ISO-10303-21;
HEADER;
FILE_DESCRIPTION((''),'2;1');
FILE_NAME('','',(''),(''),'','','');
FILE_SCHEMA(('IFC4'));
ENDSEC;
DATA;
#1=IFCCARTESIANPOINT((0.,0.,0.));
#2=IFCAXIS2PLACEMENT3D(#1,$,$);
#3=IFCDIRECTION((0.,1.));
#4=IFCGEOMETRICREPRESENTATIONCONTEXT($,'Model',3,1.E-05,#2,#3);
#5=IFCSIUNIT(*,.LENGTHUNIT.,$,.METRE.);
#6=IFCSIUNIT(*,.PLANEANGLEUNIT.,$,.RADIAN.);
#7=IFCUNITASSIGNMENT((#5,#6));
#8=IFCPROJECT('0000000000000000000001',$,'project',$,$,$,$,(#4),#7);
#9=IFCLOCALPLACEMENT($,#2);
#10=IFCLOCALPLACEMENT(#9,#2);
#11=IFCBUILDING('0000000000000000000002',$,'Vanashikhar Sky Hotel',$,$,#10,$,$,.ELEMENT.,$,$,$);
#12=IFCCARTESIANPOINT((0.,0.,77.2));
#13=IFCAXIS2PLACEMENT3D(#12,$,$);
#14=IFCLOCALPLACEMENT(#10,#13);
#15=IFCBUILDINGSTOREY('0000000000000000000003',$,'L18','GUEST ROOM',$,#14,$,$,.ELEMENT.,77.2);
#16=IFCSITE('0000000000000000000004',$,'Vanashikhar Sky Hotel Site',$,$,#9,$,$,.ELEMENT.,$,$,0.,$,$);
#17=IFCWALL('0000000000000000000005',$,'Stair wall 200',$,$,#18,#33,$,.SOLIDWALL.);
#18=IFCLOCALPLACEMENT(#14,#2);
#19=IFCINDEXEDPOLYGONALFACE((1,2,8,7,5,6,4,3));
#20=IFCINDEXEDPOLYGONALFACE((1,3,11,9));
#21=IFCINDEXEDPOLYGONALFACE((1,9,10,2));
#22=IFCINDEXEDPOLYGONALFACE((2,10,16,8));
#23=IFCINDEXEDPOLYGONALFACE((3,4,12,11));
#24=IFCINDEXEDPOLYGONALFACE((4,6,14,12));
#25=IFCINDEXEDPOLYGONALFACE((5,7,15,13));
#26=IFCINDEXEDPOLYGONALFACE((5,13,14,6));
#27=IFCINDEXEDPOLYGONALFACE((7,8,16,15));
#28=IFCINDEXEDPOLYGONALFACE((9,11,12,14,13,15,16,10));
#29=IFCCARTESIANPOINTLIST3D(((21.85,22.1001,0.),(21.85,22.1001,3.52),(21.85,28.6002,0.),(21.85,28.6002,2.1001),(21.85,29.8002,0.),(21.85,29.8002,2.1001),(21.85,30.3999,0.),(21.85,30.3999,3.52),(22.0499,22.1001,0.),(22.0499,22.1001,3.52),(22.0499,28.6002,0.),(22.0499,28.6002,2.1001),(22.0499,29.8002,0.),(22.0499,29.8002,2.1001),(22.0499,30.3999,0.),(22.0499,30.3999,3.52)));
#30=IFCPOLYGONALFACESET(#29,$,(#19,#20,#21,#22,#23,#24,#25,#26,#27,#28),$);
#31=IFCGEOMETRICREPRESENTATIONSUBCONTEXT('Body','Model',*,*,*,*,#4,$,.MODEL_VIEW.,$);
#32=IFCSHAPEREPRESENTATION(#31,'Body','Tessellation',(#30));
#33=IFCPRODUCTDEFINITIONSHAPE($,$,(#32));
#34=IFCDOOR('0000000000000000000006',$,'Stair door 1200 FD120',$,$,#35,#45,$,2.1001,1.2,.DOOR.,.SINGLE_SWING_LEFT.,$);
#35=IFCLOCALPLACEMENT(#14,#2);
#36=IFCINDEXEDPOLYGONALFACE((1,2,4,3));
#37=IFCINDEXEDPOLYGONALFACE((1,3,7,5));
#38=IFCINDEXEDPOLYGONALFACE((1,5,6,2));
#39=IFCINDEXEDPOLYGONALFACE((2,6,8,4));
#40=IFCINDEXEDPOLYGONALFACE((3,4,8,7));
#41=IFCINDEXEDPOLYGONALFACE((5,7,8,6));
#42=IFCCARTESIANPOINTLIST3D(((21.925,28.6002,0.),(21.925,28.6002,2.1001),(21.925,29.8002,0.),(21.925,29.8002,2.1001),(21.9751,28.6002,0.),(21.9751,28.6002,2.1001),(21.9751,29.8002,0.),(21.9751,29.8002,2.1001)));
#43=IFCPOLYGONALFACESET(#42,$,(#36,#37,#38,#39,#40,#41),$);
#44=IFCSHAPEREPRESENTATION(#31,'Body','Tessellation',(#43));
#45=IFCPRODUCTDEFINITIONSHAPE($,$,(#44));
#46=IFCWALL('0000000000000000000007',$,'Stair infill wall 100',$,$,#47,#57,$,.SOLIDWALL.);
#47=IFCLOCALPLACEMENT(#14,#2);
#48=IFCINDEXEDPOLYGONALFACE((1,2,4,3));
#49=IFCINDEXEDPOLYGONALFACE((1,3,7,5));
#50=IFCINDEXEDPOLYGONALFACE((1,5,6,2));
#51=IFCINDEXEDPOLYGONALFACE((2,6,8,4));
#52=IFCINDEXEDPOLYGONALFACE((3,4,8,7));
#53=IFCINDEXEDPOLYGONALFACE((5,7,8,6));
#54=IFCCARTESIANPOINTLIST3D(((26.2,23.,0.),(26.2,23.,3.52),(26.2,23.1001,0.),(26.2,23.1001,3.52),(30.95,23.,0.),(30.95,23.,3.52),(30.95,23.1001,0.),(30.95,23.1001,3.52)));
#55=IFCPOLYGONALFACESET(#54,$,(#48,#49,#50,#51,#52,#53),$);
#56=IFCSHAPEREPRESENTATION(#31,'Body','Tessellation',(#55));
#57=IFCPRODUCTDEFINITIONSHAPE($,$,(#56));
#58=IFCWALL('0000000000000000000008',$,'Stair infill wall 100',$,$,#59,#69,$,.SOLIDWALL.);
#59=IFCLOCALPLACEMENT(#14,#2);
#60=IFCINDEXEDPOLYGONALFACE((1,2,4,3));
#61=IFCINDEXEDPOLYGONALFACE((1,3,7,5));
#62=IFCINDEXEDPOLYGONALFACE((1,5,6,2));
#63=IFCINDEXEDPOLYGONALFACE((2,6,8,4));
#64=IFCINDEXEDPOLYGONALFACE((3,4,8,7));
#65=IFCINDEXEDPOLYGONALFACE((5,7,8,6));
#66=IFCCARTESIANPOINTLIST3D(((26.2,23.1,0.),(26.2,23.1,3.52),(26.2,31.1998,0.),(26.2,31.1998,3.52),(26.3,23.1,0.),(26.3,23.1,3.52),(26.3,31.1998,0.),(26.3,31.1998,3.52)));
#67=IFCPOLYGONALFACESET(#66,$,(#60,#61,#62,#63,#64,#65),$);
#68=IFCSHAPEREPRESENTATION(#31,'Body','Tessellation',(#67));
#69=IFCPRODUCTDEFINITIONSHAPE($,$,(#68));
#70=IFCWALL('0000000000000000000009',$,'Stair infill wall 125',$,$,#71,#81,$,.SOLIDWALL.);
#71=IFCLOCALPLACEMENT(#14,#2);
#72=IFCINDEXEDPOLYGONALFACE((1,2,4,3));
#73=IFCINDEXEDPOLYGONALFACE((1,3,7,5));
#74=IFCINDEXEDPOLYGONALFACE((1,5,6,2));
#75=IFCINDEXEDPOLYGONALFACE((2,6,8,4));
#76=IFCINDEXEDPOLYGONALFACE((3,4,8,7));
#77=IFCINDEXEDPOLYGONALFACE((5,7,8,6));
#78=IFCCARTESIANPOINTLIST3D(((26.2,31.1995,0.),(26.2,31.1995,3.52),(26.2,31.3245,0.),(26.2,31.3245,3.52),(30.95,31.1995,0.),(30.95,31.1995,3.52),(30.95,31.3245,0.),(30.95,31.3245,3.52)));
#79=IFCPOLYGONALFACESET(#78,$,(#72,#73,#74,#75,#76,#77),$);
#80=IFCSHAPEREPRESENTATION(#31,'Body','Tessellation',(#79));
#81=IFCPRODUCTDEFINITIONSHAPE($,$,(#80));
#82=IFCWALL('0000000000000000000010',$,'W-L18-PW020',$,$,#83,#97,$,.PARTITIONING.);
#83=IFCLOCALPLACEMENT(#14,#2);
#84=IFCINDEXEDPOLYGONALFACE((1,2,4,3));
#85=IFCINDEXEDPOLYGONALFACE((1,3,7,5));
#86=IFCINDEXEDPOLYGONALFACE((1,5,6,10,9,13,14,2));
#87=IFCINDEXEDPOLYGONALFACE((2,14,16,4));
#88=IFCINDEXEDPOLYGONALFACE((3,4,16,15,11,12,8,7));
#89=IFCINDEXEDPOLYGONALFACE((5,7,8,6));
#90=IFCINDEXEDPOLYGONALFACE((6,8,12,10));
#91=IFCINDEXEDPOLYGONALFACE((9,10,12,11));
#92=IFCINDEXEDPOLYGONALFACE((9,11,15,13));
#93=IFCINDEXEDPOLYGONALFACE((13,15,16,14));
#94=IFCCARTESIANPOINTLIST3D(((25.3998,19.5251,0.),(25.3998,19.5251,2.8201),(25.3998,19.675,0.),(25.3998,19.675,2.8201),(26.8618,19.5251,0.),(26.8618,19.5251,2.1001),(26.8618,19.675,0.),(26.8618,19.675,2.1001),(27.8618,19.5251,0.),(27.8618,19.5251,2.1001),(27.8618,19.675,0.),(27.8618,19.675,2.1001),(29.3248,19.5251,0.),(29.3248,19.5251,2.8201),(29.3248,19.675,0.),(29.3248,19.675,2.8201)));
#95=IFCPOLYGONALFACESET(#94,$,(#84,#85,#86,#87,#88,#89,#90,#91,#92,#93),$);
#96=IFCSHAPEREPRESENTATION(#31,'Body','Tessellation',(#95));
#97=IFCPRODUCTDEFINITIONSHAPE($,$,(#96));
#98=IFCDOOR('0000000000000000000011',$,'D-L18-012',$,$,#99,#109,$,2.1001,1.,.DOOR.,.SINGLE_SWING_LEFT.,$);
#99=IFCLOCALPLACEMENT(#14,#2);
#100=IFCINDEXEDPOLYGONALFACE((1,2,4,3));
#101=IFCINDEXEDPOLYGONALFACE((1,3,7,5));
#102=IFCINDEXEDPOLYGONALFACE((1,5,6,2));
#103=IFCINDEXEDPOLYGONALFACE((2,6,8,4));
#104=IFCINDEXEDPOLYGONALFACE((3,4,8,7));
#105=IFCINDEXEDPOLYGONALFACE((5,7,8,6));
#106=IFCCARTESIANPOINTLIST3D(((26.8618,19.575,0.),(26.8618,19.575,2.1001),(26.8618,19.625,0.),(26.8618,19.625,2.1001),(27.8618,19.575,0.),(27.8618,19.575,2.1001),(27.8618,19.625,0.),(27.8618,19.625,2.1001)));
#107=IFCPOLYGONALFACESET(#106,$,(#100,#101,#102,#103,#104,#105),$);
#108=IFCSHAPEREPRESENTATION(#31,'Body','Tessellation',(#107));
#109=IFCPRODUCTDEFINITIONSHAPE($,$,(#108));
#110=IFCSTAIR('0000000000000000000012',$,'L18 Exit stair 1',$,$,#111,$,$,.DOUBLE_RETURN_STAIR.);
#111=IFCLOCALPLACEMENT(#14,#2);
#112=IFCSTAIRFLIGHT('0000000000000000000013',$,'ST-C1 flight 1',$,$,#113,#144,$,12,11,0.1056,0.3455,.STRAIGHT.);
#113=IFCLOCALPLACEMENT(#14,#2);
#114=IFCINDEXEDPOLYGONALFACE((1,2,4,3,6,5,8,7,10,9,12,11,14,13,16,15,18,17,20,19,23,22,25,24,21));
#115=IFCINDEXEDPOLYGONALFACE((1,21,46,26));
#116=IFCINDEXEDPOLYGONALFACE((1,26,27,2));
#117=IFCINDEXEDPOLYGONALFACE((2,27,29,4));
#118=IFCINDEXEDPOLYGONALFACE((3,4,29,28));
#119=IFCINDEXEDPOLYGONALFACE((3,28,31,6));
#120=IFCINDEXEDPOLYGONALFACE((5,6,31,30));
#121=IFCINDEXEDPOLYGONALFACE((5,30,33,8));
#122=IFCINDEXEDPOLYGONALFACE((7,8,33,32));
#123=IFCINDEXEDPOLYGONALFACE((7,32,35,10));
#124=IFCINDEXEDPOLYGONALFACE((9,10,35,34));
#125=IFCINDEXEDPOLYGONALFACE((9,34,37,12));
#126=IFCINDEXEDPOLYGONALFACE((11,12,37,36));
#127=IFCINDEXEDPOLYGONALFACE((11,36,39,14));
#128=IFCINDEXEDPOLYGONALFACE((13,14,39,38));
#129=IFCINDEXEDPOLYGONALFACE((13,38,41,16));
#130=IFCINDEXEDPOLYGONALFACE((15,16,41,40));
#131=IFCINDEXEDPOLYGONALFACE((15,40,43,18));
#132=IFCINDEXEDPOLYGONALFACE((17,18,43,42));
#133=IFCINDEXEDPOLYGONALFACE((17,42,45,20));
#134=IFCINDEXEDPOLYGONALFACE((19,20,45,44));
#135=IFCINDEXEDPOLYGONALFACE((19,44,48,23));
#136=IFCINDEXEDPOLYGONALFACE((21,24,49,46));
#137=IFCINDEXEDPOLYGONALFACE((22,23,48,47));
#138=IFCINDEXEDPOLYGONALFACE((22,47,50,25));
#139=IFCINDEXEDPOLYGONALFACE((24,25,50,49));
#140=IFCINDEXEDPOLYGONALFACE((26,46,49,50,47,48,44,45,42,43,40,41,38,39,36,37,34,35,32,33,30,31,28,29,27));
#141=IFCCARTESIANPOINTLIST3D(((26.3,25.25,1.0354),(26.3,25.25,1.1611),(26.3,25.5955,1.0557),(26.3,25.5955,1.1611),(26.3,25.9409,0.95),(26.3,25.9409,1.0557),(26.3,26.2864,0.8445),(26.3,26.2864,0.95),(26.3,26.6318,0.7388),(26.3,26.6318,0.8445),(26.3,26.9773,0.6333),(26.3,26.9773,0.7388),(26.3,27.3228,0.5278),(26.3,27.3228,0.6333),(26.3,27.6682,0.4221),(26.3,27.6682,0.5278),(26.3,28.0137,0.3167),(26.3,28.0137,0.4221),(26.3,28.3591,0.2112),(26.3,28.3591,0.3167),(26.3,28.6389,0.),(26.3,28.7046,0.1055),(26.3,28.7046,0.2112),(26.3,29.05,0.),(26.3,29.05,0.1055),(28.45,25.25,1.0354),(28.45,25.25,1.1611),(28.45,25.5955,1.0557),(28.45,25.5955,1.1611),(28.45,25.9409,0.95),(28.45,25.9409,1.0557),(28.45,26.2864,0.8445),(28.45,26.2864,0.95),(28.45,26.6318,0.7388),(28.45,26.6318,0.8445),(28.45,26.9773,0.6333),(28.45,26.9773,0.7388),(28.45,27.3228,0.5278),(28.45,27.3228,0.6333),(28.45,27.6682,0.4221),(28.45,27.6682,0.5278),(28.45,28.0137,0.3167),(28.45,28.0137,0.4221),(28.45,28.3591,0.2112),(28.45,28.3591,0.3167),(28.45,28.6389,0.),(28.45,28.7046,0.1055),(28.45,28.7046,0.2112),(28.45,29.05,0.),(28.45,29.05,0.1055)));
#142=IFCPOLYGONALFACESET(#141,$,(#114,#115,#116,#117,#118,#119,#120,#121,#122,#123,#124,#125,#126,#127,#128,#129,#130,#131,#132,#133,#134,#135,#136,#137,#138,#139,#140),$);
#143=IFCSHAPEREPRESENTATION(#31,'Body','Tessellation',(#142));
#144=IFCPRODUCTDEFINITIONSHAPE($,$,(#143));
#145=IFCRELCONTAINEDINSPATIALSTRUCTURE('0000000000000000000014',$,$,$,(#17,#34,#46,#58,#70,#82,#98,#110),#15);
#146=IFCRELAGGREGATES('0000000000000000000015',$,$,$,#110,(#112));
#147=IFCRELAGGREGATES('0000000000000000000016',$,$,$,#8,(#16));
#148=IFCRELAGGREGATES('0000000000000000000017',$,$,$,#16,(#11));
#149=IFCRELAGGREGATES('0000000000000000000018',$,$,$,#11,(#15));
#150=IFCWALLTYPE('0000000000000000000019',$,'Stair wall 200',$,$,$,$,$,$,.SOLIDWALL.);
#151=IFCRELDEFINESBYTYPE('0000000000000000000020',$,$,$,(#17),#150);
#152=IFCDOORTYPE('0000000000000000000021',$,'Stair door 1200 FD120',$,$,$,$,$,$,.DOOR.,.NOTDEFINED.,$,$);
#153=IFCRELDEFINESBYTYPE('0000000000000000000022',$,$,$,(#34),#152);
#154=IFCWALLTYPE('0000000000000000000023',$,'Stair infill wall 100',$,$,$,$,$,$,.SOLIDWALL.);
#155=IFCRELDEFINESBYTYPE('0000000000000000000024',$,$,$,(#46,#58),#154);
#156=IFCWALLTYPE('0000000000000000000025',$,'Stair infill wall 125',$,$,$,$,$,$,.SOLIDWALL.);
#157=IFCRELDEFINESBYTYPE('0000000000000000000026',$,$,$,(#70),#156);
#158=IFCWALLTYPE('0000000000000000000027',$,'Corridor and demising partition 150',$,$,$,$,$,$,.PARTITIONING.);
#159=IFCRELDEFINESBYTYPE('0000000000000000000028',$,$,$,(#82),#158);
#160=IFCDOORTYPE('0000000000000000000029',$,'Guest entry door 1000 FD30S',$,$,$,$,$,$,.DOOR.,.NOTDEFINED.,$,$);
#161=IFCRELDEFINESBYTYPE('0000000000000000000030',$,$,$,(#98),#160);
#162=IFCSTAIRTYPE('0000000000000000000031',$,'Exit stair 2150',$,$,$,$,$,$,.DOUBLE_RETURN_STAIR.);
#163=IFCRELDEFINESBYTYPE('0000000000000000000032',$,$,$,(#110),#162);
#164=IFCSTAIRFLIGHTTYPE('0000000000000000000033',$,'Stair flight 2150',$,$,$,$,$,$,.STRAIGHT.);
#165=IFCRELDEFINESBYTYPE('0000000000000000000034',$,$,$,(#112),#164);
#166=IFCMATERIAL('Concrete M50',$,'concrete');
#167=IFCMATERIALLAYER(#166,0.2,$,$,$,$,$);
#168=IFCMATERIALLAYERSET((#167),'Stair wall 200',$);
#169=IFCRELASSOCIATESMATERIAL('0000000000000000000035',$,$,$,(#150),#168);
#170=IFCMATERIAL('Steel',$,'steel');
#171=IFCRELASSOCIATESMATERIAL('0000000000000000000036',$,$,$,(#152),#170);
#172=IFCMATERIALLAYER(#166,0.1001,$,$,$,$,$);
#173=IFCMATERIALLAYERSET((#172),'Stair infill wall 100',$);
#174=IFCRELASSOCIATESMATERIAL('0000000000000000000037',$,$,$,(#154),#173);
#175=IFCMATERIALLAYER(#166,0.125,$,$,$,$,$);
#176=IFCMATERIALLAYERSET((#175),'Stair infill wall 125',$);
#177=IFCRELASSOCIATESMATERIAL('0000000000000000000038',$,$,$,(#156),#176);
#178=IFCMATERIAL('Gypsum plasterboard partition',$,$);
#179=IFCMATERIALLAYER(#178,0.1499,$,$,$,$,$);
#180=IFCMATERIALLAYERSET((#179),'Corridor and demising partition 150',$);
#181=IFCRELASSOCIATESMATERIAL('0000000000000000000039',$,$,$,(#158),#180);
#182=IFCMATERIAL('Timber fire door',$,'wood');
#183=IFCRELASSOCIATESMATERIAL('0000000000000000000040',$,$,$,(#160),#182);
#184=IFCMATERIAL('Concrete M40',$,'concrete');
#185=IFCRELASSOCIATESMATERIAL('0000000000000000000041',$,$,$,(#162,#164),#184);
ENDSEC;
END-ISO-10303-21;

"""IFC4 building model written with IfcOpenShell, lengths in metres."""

from ifc_helpers import new_model, si_unit, direction, frame, frame_2d, origin, place, context, subcontext, project, spatial, polyline, rectangle, outline, extrude, source, transform, mapped, material, layer, layer_set, type_object, element, fill, aggregate, save


model = new_model("IFC4")

# Units and contexts
model_context = context("Model", 3, precision=1e-05, world=origin(), true_north=direction((0.0, 1.0)))
body_context = subcontext(model_context, "Body", "Model", "MODEL_VIEW")
ifc_project = project(units=[si_unit("LENGTHUNIT", "METRE"), si_unit("PLANEANGLEUNIT", "RADIAN")], contexts=[model_context])

# Site, building, storey
site_placement = place(None, origin())
site = spatial("IfcSite", under=ifc_project, at=site_placement, Name="Vanashikhar Sky Hotel Site", CompositionType="ELEMENT", RefElevation=0.0)
building_placement = place(site_placement, origin())
building = spatial("IfcBuilding", under=site, at=building_placement, Name="Vanashikhar Sky Hotel", CompositionType="ELEMENT")
storey_placement = place(building_placement, frame((0.0, 0.0, 77.2)))
storey = spatial("IfcBuildingStorey", under=building, at=storey_placement, Name="L18", Description="GUEST ROOM", CompositionType="ELEMENT", Elevation=77.2)

# Shared definitions
ifc_material_1 = material(Name="Steel", Category="steel")

# Wall, opening, door
ifc_material_2 = material(Name="Concrete M50", Category="concrete")
ifc_layer_1 = layer(ifc_material_2, 0.2)
ifc_layer_set_1 = layer_set([ifc_layer_1], Name="Stair wall 200")
wall_type_1 = type_object("IfcWallType", Name="Stair wall 200", PredefinedType="SOLIDWALL", material=ifc_layer_set_1)
shared_shape_1 = source(origin(), body_context, "Body", "SweptSolid", [
    extrude(rectangle(XDim=8.2998, YDim=0.2, at=frame_2d((4.1499, 0.0))), origin(), (0.0, 0.0, 1.0), 3.52),
])
wall_1_placement = place(storey_placement, frame((21.95, 22.1001, 0.0), z_axis=(0.0, 0.0, 1.0), x_axis=(0.0, 1.0, 0.0)))
wall_1 = element("IfcWall", 1, at=wall_1_placement, inside=storey, type_object=wall_type_1, Name="Stair wall 200", PredefinedType="SOLIDWALL", context=body_context, shape_type="MappedRepresentation", body=[
    mapped(shared_shape_1, transform((0.0, 0.0, 0.0), scale=1.0)),
])
shared_shape_2 = source(origin(), body_context, "Body", "SweptSolid", [
    extrude(rectangle(XDim=1.2, YDim=2.1001, at=frame_2d((0.6001, 1.05))), frame((0.0, 0.1099, 0.0), z_axis=(0.0, -1.0, 0.0), x_axis=(1.0, 0.0, 0.0)), (0.0, 0.0, 1.0), 0.22),
])
opening_1_placement = place(wall_1_placement, frame((6.5, 0.0, 0.0)))
opening_1 = element("IfcOpeningElement", 2, at=opening_1_placement, cuts=wall_1, PredefinedType="OPENING", context=body_context, shape_type="MappedRepresentation", body=[
    mapped(shared_shape_2, transform((0.0, 0.0, 0.0), scale=1.0)),
])
door_type_1 = type_object("IfcDoorType", Name="Stair door 1200 FD120", OperationType="NOTDEFINED", PredefinedType="DOOR", material=ifc_material_1)
shared_shape_3 = source(origin(), body_context, "Body", "SweptSolid", [
    extrude(rectangle(XDim=1.2, YDim=2.1001, at=frame_2d((0.6001, 1.05))), frame((0.0, 0.0249, 0.0), z_axis=(0.0, -1.0, 0.0), x_axis=(1.0, 0.0, 0.0)), (0.0, 0.0, 1.0), 0.05),
])
door_1_placement = place(opening_1_placement, origin())
door_1 = element("IfcDoor", 3, at=door_1_placement, inside=storey, type_object=door_type_1, Name="Stair door 1200 FD120", OperationType="SINGLE_SWING_LEFT", OverallHeight=2.1001, OverallWidth=1.2, PredefinedType="DOOR", context=body_context, shape_type="MappedRepresentation", body=[
    mapped(shared_shape_3, transform((0.0, 0.0, 0.0), scale=1.0)),
])
fill(opening_1, door_1)

# Walls
ifc_layer_2 = layer(ifc_material_2, 0.1001)
ifc_layer_set_2 = layer_set([ifc_layer_2], Name="Stair infill wall 100")
wall_type_2 = type_object("IfcWallType", Name="Stair infill wall 100", PredefinedType="SOLIDWALL", material=ifc_layer_set_2)
shared_shape_4 = source(origin(), body_context, "Body", "SweptSolid", [
    extrude(rectangle(XDim=4.75, YDim=0.1001, at=frame_2d((2.375, 0.0))), origin(), (0.0, 0.0, 1.0), 3.52),
])
wall_2_placement = place(storey_placement, frame((26.2, 23.05, 0.0), z_axis=(0.0, 0.0, 1.0), x_axis=(1.0, 0.0, 0.0)))
element("IfcWall", 4, at=wall_2_placement, inside=storey, type_object=wall_type_2, Name="Stair infill wall 100", PredefinedType="SOLIDWALL", context=body_context, shape_type="MappedRepresentation", body=[
    mapped(shared_shape_4, transform((0.0, 0.0, 0.0), scale=1.0)),
])
shared_shape_5 = source(origin(), body_context, "Body", "SweptSolid", [
    extrude(rectangle(XDim=8.0999, YDim=0.1001, at=frame_2d((4.0498, 0.0))), origin(), (0.0, 0.0, 1.0), 3.52),
])
wall_3_placement = place(storey_placement, frame((26.25, 23.1001, 0.0), z_axis=(0.0, 0.0, 1.0), x_axis=(0.0, 1.0, 0.0)))
element("IfcWall", 5, at=wall_3_placement, inside=storey, type_object=wall_type_2, Name="Stair infill wall 100", PredefinedType="SOLIDWALL", context=body_context, shape_type="MappedRepresentation", body=[
    mapped(shared_shape_5, transform((0.0, 0.0, 0.0), scale=1.0)),
])
ifc_layer_3 = layer(ifc_material_2, 0.125)
ifc_layer_set_3 = layer_set([ifc_layer_3], Name="Stair infill wall 125")
wall_type_3 = type_object("IfcWallType", Name="Stair infill wall 125", PredefinedType="SOLIDWALL", material=ifc_layer_set_3)
shared_shape_6 = source(origin(), body_context, "Body", "SweptSolid", [
    extrude(rectangle(XDim=4.75, YDim=0.125, at=frame_2d((2.375, 0.0))), origin(), (0.0, 0.0, 1.0), 3.52),
])
wall_4_placement = place(storey_placement, frame((26.2, 31.262, 0.0), z_axis=(0.0, 0.0, 1.0), x_axis=(1.0, 0.0, 0.0)))
element("IfcWall", 6, at=wall_4_placement, inside=storey, type_object=wall_type_3, Name="Stair infill wall 125", PredefinedType="SOLIDWALL", context=body_context, shape_type="MappedRepresentation", body=[
    mapped(shared_shape_6, transform((0.0, 0.0, 0.0), scale=1.0)),
])

# Wall, opening, door
ifc_material_3 = material(Name="Gypsum plasterboard partition")
ifc_layer_4 = layer(ifc_material_3, 0.1499)
ifc_layer_set_4 = layer_set([ifc_layer_4], Name="Corridor and demising partition 150")
wall_type_4 = type_object("IfcWallType", Name="Corridor and demising partition 150", PredefinedType="PARTITIONING", material=ifc_layer_set_4)
shared_shape_7 = source(origin(), body_context, "Body", "SweptSolid", [
    extrude(rectangle(XDim=3.925, YDim=0.1499, at=frame_2d((1.9624, 0.0))), origin(), (0.0, 0.0, 1.0), 2.8201),
])
wall_5_placement = place(storey_placement, frame((25.3999, 19.6001, 0.0), z_axis=(0.0, 0.0, 1.0), x_axis=(1.0, 0.0, 0.0)))
wall_5 = element("IfcWall", 7, at=wall_5_placement, inside=storey, type_object=wall_type_4, Name="W-L18-PW020", PredefinedType="PARTITIONING", context=body_context, shape_type="MappedRepresentation", body=[
    mapped(shared_shape_7, transform((0.0, 0.0, 0.0), scale=1.0)),
])
shared_shape_8 = source(origin(), body_context, "Body", "SweptSolid", [
    extrude(rectangle(XDim=1.0, YDim=2.1001, at=frame_2d((0.5, 1.05))), frame((0.0, 0.085, 0.0), z_axis=(0.0, -1.0, 0.0), x_axis=(1.0, 0.0, 0.0)), (0.0, 0.0, 1.0), 0.1699),
])
opening_2_placement = place(wall_5_placement, frame((1.4619, 0.0, 0.0)))
opening_2 = element("IfcOpeningElement", 8, at=opening_2_placement, cuts=wall_5, PredefinedType="OPENING", context=body_context, shape_type="MappedRepresentation", body=[
    mapped(shared_shape_8, transform((0.0, 0.0, 0.0), scale=1.0)),
])
ifc_material_4 = material(Name="Timber fire door", Category="wood")
door_type_2 = type_object("IfcDoorType", Name="Guest entry door 1000 FD30S", OperationType="NOTDEFINED", PredefinedType="DOOR", material=ifc_material_4)
shared_shape_9 = source(origin(), body_context, "Body", "SweptSolid", [
    extrude(rectangle(XDim=1.0, YDim=2.1001, at=frame_2d((0.5, 1.05))), frame((0.0, 0.0249, 0.0), z_axis=(0.0, -1.0, 0.0), x_axis=(1.0, 0.0, 0.0)), (0.0, 0.0, 1.0), 0.05),
])
door_2_placement = place(opening_2_placement, origin())
door_2 = element("IfcDoor", 9, at=door_2_placement, inside=storey, type_object=door_type_2, Name="D-L18-012", OperationType="SINGLE_SWING_LEFT", OverallHeight=2.1001, OverallWidth=1.0, PredefinedType="DOOR", context=body_context, shape_type="MappedRepresentation", body=[
    mapped(shared_shape_9, transform((0.0, 0.0, 0.0), scale=1.0)),
])
fill(opening_2, door_2)

# Stair, stair flight
ifc_material_5 = material(Name="Concrete M40", Category="concrete")
stair_type = type_object("IfcStairType", Name="Exit stair 2150", PredefinedType="DOUBLE_RETURN_STAIR", material=ifc_material_5)
stair_placement = place(storey_placement, origin())
stair = element("IfcStair", 10, at=stair_placement, inside=storey, type_object=stair_type, Name="L18 Exit stair 1", PredefinedType="DOUBLE_RETURN_STAIR")
stair_flight_type = type_object("IfcStairFlightType", Name="Stair flight 2150", PredefinedType="STRAIGHT", material=ifc_material_5)
shared_shape_10 = source(origin(), body_context, "Body", "SweptSolid", [
    extrude(outline(polyline([(0.0, 0.0), (0.0, 0.1055), (0.3455, 0.1055), (0.3455, 0.2112), (0.6909, 0.2112), (0.6909, 0.3167), (1.0364, 0.3167), (1.0364, 0.4221), (1.3818, 0.4221), (1.3818, 0.5278), (1.7273, 0.5278), (1.7273, 0.6333), (2.0728, 0.6333), (2.0728, 0.7388), (2.4182, 0.7388), (2.4182, 0.8445), (2.7637, 0.8445), (2.7637, 0.95), (3.1091, 0.95), (3.1091, 1.0557), (3.4546, 1.0557), (3.4546, 1.1611), (3.8, 1.1611), (3.8, 1.2666), (3.8, 1.0354), (0.4111, 0.0), (0.0, 0.0)])), frame((0.0, 1.075, 0.0), z_axis=(0.0, -1.0, 0.0), x_axis=(1.0, 0.0, 0.0)), (0.0, 0.0, 1.0), 2.1499),
])
stair_flight_1_placement = place(storey_placement, frame((27.375, 29.05, 0.0), z_axis=(0.0, 0.0, 1.0), x_axis=(0.0, -1.0, 0.0)))
stair_flight_1 = element("IfcStairFlight", 11, at=stair_flight_1_placement, type_object=stair_flight_type, Name="ST-C1 flight 1", NumberOfRisers=12, NumberOfTreads=11, PredefinedType="STRAIGHT", RiserHeight=0.1056, TreadLength=0.3455, context=body_context, shape_type="MappedRepresentation", body=[
    mapped(shared_shape_10, transform((0.0, 0.0, 0.0), scale=1.0)),
])
aggregate(stair, [stair_flight_1])

save(model, "model.ifc")
